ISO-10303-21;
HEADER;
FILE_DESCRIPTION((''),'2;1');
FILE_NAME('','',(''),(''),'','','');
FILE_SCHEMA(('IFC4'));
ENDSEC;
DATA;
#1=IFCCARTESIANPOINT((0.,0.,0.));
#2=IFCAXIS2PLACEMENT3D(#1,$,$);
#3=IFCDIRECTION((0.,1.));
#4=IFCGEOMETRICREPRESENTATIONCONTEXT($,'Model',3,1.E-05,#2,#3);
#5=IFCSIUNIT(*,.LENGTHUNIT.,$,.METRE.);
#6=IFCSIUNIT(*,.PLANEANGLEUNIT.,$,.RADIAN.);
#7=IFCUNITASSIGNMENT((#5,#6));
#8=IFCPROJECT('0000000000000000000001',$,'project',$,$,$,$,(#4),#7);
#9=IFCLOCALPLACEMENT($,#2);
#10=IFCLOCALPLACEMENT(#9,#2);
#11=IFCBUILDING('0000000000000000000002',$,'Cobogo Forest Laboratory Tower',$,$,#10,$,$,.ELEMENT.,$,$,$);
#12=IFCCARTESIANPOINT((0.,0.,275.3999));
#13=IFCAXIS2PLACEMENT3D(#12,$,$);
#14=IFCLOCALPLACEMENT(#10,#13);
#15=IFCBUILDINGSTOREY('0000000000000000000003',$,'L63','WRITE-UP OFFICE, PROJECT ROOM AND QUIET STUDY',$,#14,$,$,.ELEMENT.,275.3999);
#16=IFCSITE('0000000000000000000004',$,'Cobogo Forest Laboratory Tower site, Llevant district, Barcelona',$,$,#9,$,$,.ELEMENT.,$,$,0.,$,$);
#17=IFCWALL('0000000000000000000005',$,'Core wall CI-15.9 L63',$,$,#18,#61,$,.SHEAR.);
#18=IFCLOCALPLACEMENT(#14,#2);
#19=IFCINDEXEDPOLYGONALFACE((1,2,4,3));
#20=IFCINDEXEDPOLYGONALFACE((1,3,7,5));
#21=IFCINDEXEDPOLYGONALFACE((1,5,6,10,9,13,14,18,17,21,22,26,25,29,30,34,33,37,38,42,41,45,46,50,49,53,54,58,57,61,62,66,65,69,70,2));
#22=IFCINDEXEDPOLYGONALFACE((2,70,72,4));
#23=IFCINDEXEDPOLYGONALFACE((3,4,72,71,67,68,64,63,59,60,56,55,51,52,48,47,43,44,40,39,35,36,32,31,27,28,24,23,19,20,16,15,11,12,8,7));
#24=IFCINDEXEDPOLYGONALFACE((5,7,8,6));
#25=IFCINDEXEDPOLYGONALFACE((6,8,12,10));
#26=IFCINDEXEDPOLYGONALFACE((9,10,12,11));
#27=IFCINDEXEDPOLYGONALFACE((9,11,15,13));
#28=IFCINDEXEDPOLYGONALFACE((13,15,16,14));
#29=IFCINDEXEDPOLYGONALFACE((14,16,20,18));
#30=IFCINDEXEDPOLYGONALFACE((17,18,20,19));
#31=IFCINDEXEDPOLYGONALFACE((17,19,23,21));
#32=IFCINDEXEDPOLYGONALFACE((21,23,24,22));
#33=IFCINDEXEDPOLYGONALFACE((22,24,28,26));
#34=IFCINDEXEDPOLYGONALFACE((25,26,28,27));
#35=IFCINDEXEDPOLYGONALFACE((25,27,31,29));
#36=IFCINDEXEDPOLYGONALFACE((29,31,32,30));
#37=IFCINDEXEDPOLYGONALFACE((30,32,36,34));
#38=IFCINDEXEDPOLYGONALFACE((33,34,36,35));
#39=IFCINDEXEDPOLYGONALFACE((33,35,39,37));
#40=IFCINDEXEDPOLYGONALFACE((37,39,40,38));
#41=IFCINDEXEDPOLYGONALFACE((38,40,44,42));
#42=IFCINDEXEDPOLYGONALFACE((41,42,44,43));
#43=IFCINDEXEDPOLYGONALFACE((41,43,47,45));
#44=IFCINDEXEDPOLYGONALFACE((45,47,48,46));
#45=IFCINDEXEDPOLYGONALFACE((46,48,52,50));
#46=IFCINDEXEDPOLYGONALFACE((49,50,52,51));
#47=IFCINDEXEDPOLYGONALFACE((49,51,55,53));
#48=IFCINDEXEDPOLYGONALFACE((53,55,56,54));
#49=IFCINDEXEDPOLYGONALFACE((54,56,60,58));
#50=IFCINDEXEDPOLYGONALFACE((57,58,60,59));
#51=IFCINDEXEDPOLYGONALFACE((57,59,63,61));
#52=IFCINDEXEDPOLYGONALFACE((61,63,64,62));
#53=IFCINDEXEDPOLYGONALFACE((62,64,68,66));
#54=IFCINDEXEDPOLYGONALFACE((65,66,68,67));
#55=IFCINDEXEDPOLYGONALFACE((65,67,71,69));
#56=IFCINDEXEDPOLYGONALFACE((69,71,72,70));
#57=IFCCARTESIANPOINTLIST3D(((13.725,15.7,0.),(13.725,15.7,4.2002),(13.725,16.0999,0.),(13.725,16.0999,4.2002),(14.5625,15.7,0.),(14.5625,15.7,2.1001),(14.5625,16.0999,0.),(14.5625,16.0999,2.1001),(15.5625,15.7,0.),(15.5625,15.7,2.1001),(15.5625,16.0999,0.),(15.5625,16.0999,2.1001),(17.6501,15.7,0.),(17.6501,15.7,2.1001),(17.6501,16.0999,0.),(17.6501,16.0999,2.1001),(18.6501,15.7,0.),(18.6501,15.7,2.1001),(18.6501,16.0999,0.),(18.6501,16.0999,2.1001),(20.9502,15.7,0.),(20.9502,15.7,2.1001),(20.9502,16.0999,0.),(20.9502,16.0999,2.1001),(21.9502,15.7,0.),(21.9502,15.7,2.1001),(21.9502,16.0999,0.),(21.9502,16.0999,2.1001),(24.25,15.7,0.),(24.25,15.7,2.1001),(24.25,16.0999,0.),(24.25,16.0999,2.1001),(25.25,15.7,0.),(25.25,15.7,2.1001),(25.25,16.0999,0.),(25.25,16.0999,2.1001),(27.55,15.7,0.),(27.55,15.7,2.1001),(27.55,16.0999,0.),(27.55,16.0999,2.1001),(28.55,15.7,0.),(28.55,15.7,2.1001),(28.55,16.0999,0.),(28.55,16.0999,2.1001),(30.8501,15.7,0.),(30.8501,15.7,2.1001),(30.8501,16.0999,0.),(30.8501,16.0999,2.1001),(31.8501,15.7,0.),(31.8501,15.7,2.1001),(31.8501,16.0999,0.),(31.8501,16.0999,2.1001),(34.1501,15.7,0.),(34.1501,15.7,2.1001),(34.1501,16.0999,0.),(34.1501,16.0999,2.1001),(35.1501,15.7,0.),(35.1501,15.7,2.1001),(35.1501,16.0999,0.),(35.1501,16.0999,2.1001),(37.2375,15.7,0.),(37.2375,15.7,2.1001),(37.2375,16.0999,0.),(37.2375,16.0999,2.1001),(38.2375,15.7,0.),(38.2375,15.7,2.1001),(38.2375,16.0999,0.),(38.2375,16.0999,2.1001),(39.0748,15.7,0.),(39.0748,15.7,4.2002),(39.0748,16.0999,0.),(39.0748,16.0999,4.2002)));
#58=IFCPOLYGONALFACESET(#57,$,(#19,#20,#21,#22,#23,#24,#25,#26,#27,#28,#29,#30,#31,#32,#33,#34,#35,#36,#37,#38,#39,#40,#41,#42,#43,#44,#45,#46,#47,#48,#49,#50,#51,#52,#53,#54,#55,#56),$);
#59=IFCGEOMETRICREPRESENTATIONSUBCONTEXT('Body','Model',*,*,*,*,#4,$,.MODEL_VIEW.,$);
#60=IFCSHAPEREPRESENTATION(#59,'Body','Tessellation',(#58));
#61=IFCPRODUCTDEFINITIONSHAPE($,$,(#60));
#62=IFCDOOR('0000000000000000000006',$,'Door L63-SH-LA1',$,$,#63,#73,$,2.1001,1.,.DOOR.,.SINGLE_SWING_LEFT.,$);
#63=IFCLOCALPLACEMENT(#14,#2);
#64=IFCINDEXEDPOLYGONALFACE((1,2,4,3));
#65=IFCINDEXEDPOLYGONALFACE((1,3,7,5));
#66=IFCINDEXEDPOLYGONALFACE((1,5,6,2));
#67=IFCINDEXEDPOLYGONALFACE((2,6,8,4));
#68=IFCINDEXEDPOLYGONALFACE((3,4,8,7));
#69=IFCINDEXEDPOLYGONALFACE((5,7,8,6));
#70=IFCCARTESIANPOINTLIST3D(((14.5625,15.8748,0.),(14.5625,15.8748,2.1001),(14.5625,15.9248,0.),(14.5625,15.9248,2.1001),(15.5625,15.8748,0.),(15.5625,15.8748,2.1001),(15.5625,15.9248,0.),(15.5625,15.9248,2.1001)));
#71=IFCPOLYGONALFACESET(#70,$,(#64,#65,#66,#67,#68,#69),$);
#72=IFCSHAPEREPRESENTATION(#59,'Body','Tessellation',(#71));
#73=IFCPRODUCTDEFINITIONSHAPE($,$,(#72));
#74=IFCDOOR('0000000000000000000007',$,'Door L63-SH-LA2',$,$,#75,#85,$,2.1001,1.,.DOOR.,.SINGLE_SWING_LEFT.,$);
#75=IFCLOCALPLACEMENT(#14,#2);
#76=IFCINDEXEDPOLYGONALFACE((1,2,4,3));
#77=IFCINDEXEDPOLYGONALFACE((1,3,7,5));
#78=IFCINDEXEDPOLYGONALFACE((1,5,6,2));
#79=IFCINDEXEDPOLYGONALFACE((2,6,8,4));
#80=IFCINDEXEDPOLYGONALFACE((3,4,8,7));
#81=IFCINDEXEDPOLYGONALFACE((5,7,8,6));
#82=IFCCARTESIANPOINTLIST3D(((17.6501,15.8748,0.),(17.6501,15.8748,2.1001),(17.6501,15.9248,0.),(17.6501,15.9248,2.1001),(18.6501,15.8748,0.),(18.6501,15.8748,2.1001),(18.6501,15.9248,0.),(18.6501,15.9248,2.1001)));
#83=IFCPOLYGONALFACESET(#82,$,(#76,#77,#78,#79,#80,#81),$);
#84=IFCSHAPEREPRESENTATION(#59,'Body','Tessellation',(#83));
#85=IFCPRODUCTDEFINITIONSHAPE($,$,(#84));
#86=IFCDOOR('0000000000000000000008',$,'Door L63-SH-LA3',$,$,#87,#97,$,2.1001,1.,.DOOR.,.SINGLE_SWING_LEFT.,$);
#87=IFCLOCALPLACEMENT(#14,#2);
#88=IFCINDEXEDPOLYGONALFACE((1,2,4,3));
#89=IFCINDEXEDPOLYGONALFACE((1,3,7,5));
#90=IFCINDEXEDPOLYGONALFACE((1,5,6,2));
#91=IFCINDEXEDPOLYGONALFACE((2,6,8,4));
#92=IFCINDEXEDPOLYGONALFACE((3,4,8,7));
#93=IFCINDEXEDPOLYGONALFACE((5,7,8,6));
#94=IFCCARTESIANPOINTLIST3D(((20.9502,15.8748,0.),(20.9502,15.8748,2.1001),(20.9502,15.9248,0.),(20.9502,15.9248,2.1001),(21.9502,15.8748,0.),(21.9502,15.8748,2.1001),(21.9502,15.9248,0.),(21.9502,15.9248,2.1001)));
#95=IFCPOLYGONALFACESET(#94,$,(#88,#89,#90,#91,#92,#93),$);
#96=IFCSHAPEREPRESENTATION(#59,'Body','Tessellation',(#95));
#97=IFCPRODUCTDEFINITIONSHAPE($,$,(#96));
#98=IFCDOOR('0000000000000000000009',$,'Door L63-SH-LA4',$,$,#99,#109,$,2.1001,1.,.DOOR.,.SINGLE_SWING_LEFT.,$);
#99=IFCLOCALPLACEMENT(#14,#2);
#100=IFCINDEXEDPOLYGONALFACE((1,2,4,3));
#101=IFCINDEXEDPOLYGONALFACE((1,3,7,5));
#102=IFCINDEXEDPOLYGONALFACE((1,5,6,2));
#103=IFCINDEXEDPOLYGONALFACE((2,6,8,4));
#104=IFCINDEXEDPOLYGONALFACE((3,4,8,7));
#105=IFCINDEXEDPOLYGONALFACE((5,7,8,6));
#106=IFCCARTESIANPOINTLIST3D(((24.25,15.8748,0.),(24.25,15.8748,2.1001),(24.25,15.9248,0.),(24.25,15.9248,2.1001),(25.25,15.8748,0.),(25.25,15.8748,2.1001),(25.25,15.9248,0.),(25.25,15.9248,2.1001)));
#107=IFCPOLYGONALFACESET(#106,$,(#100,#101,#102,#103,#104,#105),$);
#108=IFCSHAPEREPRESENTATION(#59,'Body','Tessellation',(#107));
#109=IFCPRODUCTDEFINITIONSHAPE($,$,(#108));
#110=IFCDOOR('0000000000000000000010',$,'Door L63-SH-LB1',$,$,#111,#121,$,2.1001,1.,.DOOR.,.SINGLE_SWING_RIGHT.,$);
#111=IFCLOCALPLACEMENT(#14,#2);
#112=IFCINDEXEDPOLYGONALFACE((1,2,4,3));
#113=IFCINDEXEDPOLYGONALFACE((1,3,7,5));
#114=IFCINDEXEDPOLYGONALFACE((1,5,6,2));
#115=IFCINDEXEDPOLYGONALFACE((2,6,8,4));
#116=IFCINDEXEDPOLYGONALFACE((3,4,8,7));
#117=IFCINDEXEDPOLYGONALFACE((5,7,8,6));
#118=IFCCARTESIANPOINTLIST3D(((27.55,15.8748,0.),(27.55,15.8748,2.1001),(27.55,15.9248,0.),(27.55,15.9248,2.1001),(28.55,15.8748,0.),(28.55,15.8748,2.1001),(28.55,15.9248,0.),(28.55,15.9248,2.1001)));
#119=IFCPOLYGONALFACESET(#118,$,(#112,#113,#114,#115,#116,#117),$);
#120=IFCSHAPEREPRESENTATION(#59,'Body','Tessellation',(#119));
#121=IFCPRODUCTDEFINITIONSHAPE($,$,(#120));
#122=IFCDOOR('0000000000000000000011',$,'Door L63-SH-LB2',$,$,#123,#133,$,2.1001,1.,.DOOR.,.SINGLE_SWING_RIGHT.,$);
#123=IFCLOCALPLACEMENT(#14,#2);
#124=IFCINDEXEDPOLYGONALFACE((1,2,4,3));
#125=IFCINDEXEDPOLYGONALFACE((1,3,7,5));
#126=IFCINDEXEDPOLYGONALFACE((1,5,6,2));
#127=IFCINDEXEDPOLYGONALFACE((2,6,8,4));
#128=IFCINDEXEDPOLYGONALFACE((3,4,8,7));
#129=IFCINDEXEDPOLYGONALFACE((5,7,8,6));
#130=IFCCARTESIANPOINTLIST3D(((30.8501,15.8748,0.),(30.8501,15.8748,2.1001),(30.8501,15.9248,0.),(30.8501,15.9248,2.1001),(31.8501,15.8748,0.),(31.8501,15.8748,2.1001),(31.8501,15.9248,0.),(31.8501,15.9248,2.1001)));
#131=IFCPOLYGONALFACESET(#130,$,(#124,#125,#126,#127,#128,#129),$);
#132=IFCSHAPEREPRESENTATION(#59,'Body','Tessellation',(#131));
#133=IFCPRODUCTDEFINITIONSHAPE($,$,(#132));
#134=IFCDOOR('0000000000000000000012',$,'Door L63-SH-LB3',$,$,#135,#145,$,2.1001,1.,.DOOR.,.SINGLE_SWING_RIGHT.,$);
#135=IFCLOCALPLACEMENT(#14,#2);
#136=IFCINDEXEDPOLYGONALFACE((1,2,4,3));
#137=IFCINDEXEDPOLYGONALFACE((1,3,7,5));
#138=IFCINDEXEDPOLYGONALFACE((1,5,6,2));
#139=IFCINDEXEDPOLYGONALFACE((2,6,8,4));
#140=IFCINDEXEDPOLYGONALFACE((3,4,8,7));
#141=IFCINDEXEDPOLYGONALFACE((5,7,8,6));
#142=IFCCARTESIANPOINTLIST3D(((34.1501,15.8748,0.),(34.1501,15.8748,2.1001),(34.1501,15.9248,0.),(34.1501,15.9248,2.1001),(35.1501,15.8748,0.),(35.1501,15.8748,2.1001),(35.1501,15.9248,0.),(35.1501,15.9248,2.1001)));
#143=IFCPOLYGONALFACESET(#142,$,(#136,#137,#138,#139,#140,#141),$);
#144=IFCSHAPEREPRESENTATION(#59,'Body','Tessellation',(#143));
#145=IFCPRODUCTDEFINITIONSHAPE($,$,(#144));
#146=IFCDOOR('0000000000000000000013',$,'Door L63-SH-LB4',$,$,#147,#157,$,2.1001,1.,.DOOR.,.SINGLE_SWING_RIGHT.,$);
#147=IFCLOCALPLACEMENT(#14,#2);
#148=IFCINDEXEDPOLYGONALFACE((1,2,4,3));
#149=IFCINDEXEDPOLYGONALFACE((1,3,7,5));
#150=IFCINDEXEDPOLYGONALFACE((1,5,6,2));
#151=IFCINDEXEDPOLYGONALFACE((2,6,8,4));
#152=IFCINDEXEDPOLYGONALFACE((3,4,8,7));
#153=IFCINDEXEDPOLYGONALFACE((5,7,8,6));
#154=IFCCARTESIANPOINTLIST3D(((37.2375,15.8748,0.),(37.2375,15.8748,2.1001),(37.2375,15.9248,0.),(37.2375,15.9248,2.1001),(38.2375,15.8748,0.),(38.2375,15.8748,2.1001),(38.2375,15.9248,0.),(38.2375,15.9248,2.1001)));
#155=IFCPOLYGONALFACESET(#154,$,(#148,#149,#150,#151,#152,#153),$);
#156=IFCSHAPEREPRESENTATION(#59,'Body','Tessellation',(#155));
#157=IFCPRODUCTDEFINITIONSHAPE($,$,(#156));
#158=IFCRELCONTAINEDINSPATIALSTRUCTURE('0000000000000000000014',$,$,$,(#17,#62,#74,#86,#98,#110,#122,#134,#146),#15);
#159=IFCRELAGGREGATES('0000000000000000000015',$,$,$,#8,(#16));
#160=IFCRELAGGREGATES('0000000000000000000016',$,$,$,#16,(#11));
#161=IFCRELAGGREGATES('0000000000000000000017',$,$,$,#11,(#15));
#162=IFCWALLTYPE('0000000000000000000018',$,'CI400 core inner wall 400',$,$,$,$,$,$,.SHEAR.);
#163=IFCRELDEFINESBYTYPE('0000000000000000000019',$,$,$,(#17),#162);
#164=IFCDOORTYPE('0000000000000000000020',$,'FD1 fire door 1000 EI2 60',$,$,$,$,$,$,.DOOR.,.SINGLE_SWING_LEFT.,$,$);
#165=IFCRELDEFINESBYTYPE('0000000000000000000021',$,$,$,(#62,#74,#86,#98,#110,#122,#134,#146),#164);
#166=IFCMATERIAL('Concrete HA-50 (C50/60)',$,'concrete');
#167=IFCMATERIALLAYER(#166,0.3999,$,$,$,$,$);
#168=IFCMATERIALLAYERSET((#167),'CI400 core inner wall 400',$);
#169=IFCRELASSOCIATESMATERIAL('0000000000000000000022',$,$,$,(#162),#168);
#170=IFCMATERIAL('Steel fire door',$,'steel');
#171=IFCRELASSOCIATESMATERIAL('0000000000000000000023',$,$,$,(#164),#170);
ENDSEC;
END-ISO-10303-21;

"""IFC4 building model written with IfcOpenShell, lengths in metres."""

from ifc_helpers import new_model, si_unit, direction, frame, frame_2d, origin, place, context, subcontext, project, spatial, rectangle, extrude, material, layer, layer_set, type_object, element, fill, save


model = new_model("IFC4")

# Units and contexts
model_context = context("Model", 3, precision=1e-05, world=origin(), true_north=direction((0.0, 1.0)))
body_context = subcontext(model_context, "Body", "Model", "MODEL_VIEW")
ifc_project = project(units=[si_unit("LENGTHUNIT", "METRE"), si_unit("PLANEANGLEUNIT", "RADIAN")], contexts=[model_context])

# Site, building, storey
site_placement = place(None, origin())
site = spatial("IfcSite", under=ifc_project, at=site_placement, Name="Cobogo Forest Laboratory Tower site, Llevant district, Barcelona", CompositionType="ELEMENT", RefElevation=0.0)
building_placement = place(site_placement, origin())
building = spatial("IfcBuilding", under=site, at=building_placement, Name="Cobogo Forest Laboratory Tower", CompositionType="ELEMENT")
storey_placement = place(building_placement, frame((0.0, 0.0, 275.3999)))
storey = spatial("IfcBuildingStorey", under=building, at=storey_placement, Name="L63", Description="WRITE-UP OFFICE, PROJECT ROOM AND QUIET STUDY", CompositionType="ELEMENT", Elevation=275.3999)

# Shared definitions
ifc_material_1 = material(Name="Concrete HA-50 (C50/60)", Category="concrete")

# Wall, openings, doors
ifc_layer_1 = layer(ifc_material_1, 0.3999)
ifc_layer_set_1 = layer_set([ifc_layer_1], Name="CI400 core inner wall 400")
wall_type_1 = type_object("IfcWallType", Name="CI400 core inner wall 400", PredefinedType="SHEAR", material=ifc_layer_set_1)
wall_1_placement = place(storey_placement, frame((13.7251, 15.8999, 0.0), z_axis=(0.0, 0.0, 1.0), x_axis=(1.0, 0.0, 0.0)))
wall_1 = element("IfcWall", 1, at=wall_1_placement, inside=storey, type_object=wall_type_1, Name="Core wall CI-15.9 L63", PredefinedType="SHEAR", context=body_context, shape_type="SweptSolid", body=[
    extrude(rectangle(XDim=25.3499, YDim=0.3999, at=frame_2d((12.6748, 0.0))), origin(), (0.0, 0.0, 1.0), 4.2002),
])
opening_1_placement = place(wall_1_placement, frame((0.8374, 0.0, 0.0)))
opening_1 = element("IfcOpeningElement", 2, at=opening_1_placement, cuts=wall_1, PredefinedType="OPENING", context=body_context, shape_type="SweptSolid", body=[
    extrude(rectangle(XDim=1.0, YDim=2.1001, at=frame_2d((0.5, 1.05))), frame((0.0, 0.21, 0.0), z_axis=(0.0, -1.0, 0.0), x_axis=(1.0, 0.0, 0.0)), (0.0, 0.0, 1.0), 0.4199),
])
opening_2_placement = place(wall_1_placement, frame((3.925, 0.0, 0.0)))
opening_2 = element("IfcOpeningElement", 3, at=opening_2_placement, cuts=wall_1, PredefinedType="OPENING", context=body_context, shape_type="SweptSolid", body=[
    extrude(rectangle(XDim=1.0, YDim=2.1001, at=frame_2d((0.5, 1.05))), frame((0.0, 0.21, 0.0), z_axis=(0.0, -1.0, 0.0), x_axis=(1.0, 0.0, 0.0)), (0.0, 0.0, 1.0), 0.4199),
])
opening_3_placement = place(wall_1_placement, frame((7.2251, 0.0, 0.0)))
opening_3 = element("IfcOpeningElement", 4, at=opening_3_placement, cuts=wall_1, PredefinedType="OPENING", context=body_context, shape_type="SweptSolid", body=[
    extrude(rectangle(XDim=1.0, YDim=2.1001, at=frame_2d((0.5, 1.05))), frame((0.0, 0.21, 0.0), z_axis=(0.0, -1.0, 0.0), x_axis=(1.0, 0.0, 0.0)), (0.0, 0.0, 1.0), 0.4199),
])
opening_4_placement = place(wall_1_placement, frame((10.5249, 0.0, 0.0)))
opening_4 = element("IfcOpeningElement", 5, at=opening_4_placement, cuts=wall_1, PredefinedType="OPENING", context=body_context, shape_type="SweptSolid", body=[
    extrude(rectangle(XDim=1.0, YDim=2.1001, at=frame_2d((0.5, 1.05))), frame((0.0, 0.21, 0.0), z_axis=(0.0, -1.0, 0.0), x_axis=(1.0, 0.0, 0.0)), (0.0, 0.0, 1.0), 0.4199),
])
opening_5_placement = place(wall_1_placement, frame((13.825, 0.0, 0.0)))
opening_5 = element("IfcOpeningElement", 6, at=opening_5_placement, cuts=wall_1, PredefinedType="OPENING", context=body_context, shape_type="SweptSolid", body=[
    extrude(rectangle(XDim=1.0, YDim=2.1001, at=frame_2d((0.5, 1.05))), frame((0.0, 0.21, 0.0), z_axis=(0.0, -1.0, 0.0), x_axis=(1.0, 0.0, 0.0)), (0.0, 0.0, 1.0), 0.4199),
])
opening_6_placement = place(wall_1_placement, frame((17.125, 0.0, 0.0)))
opening_6 = element("IfcOpeningElement", 7, at=opening_6_placement, cuts=wall_1, PredefinedType="OPENING", context=body_context, shape_type="SweptSolid", body=[
    extrude(rectangle(XDim=1.0, YDim=2.1001, at=frame_2d((0.5, 1.05))), frame((0.0, 0.21, 0.0), z_axis=(0.0, -1.0, 0.0), x_axis=(1.0, 0.0, 0.0)), (0.0, 0.0, 1.0), 0.4199),
])
opening_7_placement = place(wall_1_placement, frame((20.425, 0.0, 0.0)))
opening_7 = element("IfcOpeningElement", 8, at=opening_7_placement, cuts=wall_1, PredefinedType="OPENING", context=body_context, shape_type="SweptSolid", body=[
    extrude(rectangle(XDim=1.0, YDim=2.1001, at=frame_2d((0.5, 1.05))), frame((0.0, 0.21, 0.0), z_axis=(0.0, -1.0, 0.0), x_axis=(1.0, 0.0, 0.0)), (0.0, 0.0, 1.0), 0.4199),
])
opening_8_placement = place(wall_1_placement, frame((23.5125, 0.0, 0.0)))
opening_8 = element("IfcOpeningElement", 9, at=opening_8_placement, cuts=wall_1, PredefinedType="OPENING", context=body_context, shape_type="SweptSolid", body=[
    extrude(rectangle(XDim=1.0, YDim=2.1001, at=frame_2d((0.5, 1.05))), frame((0.0, 0.21, 0.0), z_axis=(0.0, -1.0, 0.0), x_axis=(1.0, 0.0, 0.0)), (0.0, 0.0, 1.0), 0.4199),
])
ifc_material_2 = material(Name="Steel fire door", Category="steel")
door_type_1 = type_object("IfcDoorType", Name="FD1 fire door 1000 EI2 60", OperationType="SINGLE_SWING_LEFT", PredefinedType="DOOR", material=ifc_material_2)
door_1_placement = place(opening_1_placement, origin())
door_1 = element("IfcDoor", 10, at=door_1_placement, inside=storey, type_object=door_type_1, Name="Door L63-SH-LA1", OperationType="SINGLE_SWING_LEFT", OverallHeight=2.1001, OverallWidth=1.0, PredefinedType="DOOR", context=body_context, shape_type="SweptSolid", body=[
    extrude(rectangle(XDim=1.0, YDim=2.1001, at=frame_2d((0.5, 1.05))), frame((0.0, 0.0249, 0.0), z_axis=(0.0, -1.0, 0.0), x_axis=(1.0, 0.0, 0.0)), (0.0, 0.0, 1.0), 0.05),
])
fill(opening_1, door_1)
door_2_placement = place(opening_2_placement, origin())
door_2 = element("IfcDoor", 11, at=door_2_placement, inside=storey, type_object=door_type_1, Name="Door L63-SH-LA2", OperationType="SINGLE_SWING_LEFT", OverallHeight=2.1001, OverallWidth=1.0, PredefinedType="DOOR", context=body_context, shape_type="SweptSolid", body=[
    extrude(rectangle(XDim=1.0, YDim=2.1001, at=frame_2d((0.5, 1.05))), frame((0.0, 0.0249, 0.0), z_axis=(0.0, -1.0, 0.0), x_axis=(1.0, 0.0, 0.0)), (0.0, 0.0, 1.0), 0.05),
])
fill(opening_2, door_2)
door_3_placement = place(opening_3_placement, origin())
door_3 = element("IfcDoor", 12, at=door_3_placement, inside=storey, type_object=door_type_1, Name="Door L63-SH-LA3", OperationType="SINGLE_SWING_LEFT", OverallHeight=2.1001, OverallWidth=1.0, PredefinedType="DOOR", context=body_context, shape_type="SweptSolid", body=[
    extrude(rectangle(XDim=1.0, YDim=2.1001, at=frame_2d((0.5, 1.05))), frame((0.0, 0.0249, 0.0), z_axis=(0.0, -1.0, 0.0), x_axis=(1.0, 0.0, 0.0)), (0.0, 0.0, 1.0), 0.05),
])
fill(opening_3, door_3)
door_4_placement = place(opening_4_placement, origin())
door_4 = element("IfcDoor", 13, at=door_4_placement, inside=storey, type_object=door_type_1, Name="Door L63-SH-LA4", OperationType="SINGLE_SWING_LEFT", OverallHeight=2.1001, OverallWidth=1.0, PredefinedType="DOOR", context=body_context, shape_type="SweptSolid", body=[
    extrude(rectangle(XDim=1.0, YDim=2.1001, at=frame_2d((0.5, 1.05))), frame((0.0, 0.0249, 0.0), z_axis=(0.0, -1.0, 0.0), x_axis=(1.0, 0.0, 0.0)), (0.0, 0.0, 1.0), 0.05),
])
fill(opening_4, door_4)
door_5_placement = place(opening_5_placement, origin())
door_5 = element("IfcDoor", 14, at=door_5_placement, inside=storey, type_object=door_type_1, Name="Door L63-SH-LB1", OperationType="SINGLE_SWING_RIGHT", OverallHeight=2.1001, OverallWidth=1.0, PredefinedType="DOOR", context=body_context, shape_type="SweptSolid", body=[
    extrude(rectangle(XDim=1.0, YDim=2.1001, at=frame_2d((0.5, 1.05))), frame((0.0, 0.0249, 0.0), z_axis=(0.0, -1.0, 0.0), x_axis=(1.0, 0.0, 0.0)), (0.0, 0.0, 1.0), 0.05),
])
fill(opening_5, door_5)
door_6_placement = place(opening_6_placement, origin())
door_6 = element("IfcDoor", 15, at=door_6_placement, inside=storey, type_object=door_type_1, Name="Door L63-SH-LB2", OperationType="SINGLE_SWING_RIGHT", OverallHeight=2.1001, OverallWidth=1.0, PredefinedType="DOOR", context=body_context, shape_type="SweptSolid", body=[
    extrude(rectangle(XDim=1.0, YDim=2.1001, at=frame_2d((0.5, 1.05))), frame((0.0, 0.0249, 0.0), z_axis=(0.0, -1.0, 0.0), x_axis=(1.0, 0.0, 0.0)), (0.0, 0.0, 1.0), 0.05),
])
fill(opening_6, door_6)
door_7_placement = place(opening_7_placement, origin())
door_7 = element("IfcDoor", 16, at=door_7_placement, inside=storey, type_object=door_type_1, Name="Door L63-SH-LB3", OperationType="SINGLE_SWING_RIGHT", OverallHeight=2.1001, OverallWidth=1.0, PredefinedType="DOOR", context=body_context, shape_type="SweptSolid", body=[
    extrude(rectangle(XDim=1.0, YDim=2.1001, at=frame_2d((0.5, 1.05))), frame((0.0, 0.0249, 0.0), z_axis=(0.0, -1.0, 0.0), x_axis=(1.0, 0.0, 0.0)), (0.0, 0.0, 1.0), 0.05),
])
fill(opening_7, door_7)
door_8_placement = place(opening_8_placement, origin())
door_8 = element("IfcDoor", 17, at=door_8_placement, inside=storey, type_object=door_type_1, Name="Door L63-SH-LB4", OperationType="SINGLE_SWING_RIGHT", OverallHeight=2.1001, OverallWidth=1.0, PredefinedType="DOOR", context=body_context, shape_type="SweptSolid", body=[
    extrude(rectangle(XDim=1.0, YDim=2.1001, at=frame_2d((0.5, 1.05))), frame((0.0, 0.0249, 0.0), z_axis=(0.0, -1.0, 0.0), x_axis=(1.0, 0.0, 0.0)), (0.0, 0.0, 1.0), 0.05),
])
fill(opening_8, door_8)

save(model, "model.ifc")
